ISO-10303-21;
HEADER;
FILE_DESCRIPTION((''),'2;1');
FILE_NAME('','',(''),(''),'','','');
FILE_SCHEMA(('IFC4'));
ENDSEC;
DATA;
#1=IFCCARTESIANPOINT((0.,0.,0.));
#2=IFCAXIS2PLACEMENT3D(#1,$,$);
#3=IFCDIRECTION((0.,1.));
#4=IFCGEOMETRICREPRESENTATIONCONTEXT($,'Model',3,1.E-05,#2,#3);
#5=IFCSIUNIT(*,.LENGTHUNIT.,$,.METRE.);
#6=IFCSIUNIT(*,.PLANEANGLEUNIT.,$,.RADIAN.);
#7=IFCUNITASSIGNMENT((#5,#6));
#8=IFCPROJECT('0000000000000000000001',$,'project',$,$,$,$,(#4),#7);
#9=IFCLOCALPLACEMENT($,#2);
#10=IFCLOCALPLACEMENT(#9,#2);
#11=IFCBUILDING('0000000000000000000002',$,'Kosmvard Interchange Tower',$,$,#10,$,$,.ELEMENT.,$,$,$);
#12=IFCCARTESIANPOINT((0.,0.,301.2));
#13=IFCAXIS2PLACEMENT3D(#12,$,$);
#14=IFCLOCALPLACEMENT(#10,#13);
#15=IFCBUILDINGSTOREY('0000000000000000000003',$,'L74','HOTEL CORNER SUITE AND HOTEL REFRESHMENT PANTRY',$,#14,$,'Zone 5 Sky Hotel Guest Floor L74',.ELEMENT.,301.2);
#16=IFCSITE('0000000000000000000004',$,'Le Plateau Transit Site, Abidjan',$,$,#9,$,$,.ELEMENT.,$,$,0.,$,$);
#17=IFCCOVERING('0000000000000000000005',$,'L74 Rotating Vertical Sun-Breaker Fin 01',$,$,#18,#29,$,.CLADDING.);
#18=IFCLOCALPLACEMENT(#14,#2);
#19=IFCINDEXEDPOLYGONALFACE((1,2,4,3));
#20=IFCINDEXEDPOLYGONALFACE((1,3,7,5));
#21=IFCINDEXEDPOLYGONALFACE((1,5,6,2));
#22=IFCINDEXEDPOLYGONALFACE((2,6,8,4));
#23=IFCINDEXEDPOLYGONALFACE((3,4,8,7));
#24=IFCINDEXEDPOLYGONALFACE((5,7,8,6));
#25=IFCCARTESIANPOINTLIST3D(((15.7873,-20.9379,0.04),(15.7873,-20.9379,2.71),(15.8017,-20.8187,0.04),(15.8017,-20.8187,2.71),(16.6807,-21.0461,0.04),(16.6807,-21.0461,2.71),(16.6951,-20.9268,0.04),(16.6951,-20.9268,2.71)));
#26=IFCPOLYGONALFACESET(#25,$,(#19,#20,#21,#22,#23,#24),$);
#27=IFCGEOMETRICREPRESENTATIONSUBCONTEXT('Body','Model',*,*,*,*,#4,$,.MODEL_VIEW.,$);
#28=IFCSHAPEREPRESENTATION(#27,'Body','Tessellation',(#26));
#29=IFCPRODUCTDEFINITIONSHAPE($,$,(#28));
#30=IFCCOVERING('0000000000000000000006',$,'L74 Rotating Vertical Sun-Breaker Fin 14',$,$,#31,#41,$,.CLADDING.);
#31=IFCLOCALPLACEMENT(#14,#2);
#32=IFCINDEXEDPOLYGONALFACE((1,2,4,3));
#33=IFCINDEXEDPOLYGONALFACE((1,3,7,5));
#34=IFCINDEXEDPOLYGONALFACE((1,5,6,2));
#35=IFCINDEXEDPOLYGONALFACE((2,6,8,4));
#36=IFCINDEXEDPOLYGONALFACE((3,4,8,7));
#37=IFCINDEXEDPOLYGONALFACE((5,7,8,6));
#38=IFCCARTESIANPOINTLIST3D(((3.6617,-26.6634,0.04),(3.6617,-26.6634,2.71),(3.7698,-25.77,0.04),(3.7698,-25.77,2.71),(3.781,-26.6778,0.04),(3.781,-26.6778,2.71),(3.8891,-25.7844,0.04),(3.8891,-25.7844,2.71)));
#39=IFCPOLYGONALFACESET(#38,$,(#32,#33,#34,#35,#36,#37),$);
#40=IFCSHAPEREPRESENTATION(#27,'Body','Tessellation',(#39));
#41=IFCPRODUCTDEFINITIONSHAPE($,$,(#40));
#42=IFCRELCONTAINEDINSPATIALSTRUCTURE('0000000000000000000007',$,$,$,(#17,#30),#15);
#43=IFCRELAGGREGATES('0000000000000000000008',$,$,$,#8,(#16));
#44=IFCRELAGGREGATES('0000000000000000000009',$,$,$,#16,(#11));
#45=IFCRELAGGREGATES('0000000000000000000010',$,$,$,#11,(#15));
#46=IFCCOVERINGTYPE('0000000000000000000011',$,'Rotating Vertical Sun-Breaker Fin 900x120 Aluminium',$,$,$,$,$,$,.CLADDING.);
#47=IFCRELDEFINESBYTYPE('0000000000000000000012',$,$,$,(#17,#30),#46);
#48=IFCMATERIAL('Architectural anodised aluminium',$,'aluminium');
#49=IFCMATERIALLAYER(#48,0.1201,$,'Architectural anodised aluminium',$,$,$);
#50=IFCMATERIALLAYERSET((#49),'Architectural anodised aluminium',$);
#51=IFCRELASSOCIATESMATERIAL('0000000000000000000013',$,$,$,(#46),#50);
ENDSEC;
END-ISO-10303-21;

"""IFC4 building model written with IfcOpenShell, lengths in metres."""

from ifc_helpers import new_model, si_unit, direction, frame, origin, origin_2d, place, context, subcontext, project, spatial, rectangle, extrude, source, transform, mapped, material, layer, layer_set, type_object, element, save


model = new_model("IFC4")

# Units and contexts
model_context = context("Model", 3, precision=1e-05, world=origin(), true_north=direction((0.0, 1.0)))
body_context = subcontext(model_context, "Body", "Model", "MODEL_VIEW")
ifc_project = project(units=[si_unit("LENGTHUNIT", "METRE"), si_unit("PLANEANGLEUNIT", "RADIAN")], contexts=[model_context])

# Site, building, storey
site_placement = place(None, origin())
site = spatial("IfcSite", under=ifc_project, at=site_placement, Name="Le Plateau Transit Site, Abidjan", CompositionType="ELEMENT", RefElevation=0.0)
building_placement = place(site_placement, origin())
building = spatial("IfcBuilding", under=site, at=building_placement, Name="Kosmvard Interchange Tower", CompositionType="ELEMENT")
storey_placement = place(building_placement, frame((0.0, 0.0, 301.2)))
storey = spatial("IfcBuildingStorey", under=building, at=storey_placement, Name="L74", Description="HOTEL CORNER SUITE AND HOTEL REFRESHMENT PANTRY", LongName="Zone 5 Sky Hotel Guest Floor L74", CompositionType="ELEMENT", Elevation=301.2)

# Coverings
ifc_material_1 = material(Name="Architectural anodised aluminium", Category="aluminium")
ifc_layer_1 = layer(ifc_material_1, 0.1201, Name="Architectural anodised aluminium")
ifc_layer_set_1 = layer_set([ifc_layer_1], Name="Architectural anodised aluminium")
covering_type = type_object("IfcCoveringType", Name="Rotating Vertical Sun-Breaker Fin 900x120 Aluminium", PredefinedType="CLADDING", material=ifc_layer_set_1)
shared_shape_1 = source(origin(), body_context, "Body", "SweptSolid", [
    extrude(rectangle(XDim=0.8999, YDim=0.1201, at=origin_2d()), origin(), (0.0, 0.0, 1.0), 2.6699),
])
for number, where, z_axis, x_axis, name in (
    (1, (16.2412, -20.9324, 0.04), (0.0, 0.0, 1.0), (0.992757, -0.120137, 0.0), "L74 Rotating Vertical Sun-Breaker Fin 01"),
    (2, (3.7754, -26.2239, 0.04), (0.0, 0.0, 1.0), (-0.120137, -0.992757, 0.0), "L74 Rotating Vertical Sun-Breaker Fin 14"),
):
    element("IfcCovering", number, at=place(storey_placement, frame(where, z_axis=z_axis, x_axis=x_axis)), inside=storey, type_object=covering_type, Name=name, PredefinedType="CLADDING", context=body_context, shape_type="MappedRepresentation", body=[
        mapped(shared_shape_1, transform((0.0, 0.0, 0.0), scale=1.0)),
    ])

save(model, "model.ifc")
